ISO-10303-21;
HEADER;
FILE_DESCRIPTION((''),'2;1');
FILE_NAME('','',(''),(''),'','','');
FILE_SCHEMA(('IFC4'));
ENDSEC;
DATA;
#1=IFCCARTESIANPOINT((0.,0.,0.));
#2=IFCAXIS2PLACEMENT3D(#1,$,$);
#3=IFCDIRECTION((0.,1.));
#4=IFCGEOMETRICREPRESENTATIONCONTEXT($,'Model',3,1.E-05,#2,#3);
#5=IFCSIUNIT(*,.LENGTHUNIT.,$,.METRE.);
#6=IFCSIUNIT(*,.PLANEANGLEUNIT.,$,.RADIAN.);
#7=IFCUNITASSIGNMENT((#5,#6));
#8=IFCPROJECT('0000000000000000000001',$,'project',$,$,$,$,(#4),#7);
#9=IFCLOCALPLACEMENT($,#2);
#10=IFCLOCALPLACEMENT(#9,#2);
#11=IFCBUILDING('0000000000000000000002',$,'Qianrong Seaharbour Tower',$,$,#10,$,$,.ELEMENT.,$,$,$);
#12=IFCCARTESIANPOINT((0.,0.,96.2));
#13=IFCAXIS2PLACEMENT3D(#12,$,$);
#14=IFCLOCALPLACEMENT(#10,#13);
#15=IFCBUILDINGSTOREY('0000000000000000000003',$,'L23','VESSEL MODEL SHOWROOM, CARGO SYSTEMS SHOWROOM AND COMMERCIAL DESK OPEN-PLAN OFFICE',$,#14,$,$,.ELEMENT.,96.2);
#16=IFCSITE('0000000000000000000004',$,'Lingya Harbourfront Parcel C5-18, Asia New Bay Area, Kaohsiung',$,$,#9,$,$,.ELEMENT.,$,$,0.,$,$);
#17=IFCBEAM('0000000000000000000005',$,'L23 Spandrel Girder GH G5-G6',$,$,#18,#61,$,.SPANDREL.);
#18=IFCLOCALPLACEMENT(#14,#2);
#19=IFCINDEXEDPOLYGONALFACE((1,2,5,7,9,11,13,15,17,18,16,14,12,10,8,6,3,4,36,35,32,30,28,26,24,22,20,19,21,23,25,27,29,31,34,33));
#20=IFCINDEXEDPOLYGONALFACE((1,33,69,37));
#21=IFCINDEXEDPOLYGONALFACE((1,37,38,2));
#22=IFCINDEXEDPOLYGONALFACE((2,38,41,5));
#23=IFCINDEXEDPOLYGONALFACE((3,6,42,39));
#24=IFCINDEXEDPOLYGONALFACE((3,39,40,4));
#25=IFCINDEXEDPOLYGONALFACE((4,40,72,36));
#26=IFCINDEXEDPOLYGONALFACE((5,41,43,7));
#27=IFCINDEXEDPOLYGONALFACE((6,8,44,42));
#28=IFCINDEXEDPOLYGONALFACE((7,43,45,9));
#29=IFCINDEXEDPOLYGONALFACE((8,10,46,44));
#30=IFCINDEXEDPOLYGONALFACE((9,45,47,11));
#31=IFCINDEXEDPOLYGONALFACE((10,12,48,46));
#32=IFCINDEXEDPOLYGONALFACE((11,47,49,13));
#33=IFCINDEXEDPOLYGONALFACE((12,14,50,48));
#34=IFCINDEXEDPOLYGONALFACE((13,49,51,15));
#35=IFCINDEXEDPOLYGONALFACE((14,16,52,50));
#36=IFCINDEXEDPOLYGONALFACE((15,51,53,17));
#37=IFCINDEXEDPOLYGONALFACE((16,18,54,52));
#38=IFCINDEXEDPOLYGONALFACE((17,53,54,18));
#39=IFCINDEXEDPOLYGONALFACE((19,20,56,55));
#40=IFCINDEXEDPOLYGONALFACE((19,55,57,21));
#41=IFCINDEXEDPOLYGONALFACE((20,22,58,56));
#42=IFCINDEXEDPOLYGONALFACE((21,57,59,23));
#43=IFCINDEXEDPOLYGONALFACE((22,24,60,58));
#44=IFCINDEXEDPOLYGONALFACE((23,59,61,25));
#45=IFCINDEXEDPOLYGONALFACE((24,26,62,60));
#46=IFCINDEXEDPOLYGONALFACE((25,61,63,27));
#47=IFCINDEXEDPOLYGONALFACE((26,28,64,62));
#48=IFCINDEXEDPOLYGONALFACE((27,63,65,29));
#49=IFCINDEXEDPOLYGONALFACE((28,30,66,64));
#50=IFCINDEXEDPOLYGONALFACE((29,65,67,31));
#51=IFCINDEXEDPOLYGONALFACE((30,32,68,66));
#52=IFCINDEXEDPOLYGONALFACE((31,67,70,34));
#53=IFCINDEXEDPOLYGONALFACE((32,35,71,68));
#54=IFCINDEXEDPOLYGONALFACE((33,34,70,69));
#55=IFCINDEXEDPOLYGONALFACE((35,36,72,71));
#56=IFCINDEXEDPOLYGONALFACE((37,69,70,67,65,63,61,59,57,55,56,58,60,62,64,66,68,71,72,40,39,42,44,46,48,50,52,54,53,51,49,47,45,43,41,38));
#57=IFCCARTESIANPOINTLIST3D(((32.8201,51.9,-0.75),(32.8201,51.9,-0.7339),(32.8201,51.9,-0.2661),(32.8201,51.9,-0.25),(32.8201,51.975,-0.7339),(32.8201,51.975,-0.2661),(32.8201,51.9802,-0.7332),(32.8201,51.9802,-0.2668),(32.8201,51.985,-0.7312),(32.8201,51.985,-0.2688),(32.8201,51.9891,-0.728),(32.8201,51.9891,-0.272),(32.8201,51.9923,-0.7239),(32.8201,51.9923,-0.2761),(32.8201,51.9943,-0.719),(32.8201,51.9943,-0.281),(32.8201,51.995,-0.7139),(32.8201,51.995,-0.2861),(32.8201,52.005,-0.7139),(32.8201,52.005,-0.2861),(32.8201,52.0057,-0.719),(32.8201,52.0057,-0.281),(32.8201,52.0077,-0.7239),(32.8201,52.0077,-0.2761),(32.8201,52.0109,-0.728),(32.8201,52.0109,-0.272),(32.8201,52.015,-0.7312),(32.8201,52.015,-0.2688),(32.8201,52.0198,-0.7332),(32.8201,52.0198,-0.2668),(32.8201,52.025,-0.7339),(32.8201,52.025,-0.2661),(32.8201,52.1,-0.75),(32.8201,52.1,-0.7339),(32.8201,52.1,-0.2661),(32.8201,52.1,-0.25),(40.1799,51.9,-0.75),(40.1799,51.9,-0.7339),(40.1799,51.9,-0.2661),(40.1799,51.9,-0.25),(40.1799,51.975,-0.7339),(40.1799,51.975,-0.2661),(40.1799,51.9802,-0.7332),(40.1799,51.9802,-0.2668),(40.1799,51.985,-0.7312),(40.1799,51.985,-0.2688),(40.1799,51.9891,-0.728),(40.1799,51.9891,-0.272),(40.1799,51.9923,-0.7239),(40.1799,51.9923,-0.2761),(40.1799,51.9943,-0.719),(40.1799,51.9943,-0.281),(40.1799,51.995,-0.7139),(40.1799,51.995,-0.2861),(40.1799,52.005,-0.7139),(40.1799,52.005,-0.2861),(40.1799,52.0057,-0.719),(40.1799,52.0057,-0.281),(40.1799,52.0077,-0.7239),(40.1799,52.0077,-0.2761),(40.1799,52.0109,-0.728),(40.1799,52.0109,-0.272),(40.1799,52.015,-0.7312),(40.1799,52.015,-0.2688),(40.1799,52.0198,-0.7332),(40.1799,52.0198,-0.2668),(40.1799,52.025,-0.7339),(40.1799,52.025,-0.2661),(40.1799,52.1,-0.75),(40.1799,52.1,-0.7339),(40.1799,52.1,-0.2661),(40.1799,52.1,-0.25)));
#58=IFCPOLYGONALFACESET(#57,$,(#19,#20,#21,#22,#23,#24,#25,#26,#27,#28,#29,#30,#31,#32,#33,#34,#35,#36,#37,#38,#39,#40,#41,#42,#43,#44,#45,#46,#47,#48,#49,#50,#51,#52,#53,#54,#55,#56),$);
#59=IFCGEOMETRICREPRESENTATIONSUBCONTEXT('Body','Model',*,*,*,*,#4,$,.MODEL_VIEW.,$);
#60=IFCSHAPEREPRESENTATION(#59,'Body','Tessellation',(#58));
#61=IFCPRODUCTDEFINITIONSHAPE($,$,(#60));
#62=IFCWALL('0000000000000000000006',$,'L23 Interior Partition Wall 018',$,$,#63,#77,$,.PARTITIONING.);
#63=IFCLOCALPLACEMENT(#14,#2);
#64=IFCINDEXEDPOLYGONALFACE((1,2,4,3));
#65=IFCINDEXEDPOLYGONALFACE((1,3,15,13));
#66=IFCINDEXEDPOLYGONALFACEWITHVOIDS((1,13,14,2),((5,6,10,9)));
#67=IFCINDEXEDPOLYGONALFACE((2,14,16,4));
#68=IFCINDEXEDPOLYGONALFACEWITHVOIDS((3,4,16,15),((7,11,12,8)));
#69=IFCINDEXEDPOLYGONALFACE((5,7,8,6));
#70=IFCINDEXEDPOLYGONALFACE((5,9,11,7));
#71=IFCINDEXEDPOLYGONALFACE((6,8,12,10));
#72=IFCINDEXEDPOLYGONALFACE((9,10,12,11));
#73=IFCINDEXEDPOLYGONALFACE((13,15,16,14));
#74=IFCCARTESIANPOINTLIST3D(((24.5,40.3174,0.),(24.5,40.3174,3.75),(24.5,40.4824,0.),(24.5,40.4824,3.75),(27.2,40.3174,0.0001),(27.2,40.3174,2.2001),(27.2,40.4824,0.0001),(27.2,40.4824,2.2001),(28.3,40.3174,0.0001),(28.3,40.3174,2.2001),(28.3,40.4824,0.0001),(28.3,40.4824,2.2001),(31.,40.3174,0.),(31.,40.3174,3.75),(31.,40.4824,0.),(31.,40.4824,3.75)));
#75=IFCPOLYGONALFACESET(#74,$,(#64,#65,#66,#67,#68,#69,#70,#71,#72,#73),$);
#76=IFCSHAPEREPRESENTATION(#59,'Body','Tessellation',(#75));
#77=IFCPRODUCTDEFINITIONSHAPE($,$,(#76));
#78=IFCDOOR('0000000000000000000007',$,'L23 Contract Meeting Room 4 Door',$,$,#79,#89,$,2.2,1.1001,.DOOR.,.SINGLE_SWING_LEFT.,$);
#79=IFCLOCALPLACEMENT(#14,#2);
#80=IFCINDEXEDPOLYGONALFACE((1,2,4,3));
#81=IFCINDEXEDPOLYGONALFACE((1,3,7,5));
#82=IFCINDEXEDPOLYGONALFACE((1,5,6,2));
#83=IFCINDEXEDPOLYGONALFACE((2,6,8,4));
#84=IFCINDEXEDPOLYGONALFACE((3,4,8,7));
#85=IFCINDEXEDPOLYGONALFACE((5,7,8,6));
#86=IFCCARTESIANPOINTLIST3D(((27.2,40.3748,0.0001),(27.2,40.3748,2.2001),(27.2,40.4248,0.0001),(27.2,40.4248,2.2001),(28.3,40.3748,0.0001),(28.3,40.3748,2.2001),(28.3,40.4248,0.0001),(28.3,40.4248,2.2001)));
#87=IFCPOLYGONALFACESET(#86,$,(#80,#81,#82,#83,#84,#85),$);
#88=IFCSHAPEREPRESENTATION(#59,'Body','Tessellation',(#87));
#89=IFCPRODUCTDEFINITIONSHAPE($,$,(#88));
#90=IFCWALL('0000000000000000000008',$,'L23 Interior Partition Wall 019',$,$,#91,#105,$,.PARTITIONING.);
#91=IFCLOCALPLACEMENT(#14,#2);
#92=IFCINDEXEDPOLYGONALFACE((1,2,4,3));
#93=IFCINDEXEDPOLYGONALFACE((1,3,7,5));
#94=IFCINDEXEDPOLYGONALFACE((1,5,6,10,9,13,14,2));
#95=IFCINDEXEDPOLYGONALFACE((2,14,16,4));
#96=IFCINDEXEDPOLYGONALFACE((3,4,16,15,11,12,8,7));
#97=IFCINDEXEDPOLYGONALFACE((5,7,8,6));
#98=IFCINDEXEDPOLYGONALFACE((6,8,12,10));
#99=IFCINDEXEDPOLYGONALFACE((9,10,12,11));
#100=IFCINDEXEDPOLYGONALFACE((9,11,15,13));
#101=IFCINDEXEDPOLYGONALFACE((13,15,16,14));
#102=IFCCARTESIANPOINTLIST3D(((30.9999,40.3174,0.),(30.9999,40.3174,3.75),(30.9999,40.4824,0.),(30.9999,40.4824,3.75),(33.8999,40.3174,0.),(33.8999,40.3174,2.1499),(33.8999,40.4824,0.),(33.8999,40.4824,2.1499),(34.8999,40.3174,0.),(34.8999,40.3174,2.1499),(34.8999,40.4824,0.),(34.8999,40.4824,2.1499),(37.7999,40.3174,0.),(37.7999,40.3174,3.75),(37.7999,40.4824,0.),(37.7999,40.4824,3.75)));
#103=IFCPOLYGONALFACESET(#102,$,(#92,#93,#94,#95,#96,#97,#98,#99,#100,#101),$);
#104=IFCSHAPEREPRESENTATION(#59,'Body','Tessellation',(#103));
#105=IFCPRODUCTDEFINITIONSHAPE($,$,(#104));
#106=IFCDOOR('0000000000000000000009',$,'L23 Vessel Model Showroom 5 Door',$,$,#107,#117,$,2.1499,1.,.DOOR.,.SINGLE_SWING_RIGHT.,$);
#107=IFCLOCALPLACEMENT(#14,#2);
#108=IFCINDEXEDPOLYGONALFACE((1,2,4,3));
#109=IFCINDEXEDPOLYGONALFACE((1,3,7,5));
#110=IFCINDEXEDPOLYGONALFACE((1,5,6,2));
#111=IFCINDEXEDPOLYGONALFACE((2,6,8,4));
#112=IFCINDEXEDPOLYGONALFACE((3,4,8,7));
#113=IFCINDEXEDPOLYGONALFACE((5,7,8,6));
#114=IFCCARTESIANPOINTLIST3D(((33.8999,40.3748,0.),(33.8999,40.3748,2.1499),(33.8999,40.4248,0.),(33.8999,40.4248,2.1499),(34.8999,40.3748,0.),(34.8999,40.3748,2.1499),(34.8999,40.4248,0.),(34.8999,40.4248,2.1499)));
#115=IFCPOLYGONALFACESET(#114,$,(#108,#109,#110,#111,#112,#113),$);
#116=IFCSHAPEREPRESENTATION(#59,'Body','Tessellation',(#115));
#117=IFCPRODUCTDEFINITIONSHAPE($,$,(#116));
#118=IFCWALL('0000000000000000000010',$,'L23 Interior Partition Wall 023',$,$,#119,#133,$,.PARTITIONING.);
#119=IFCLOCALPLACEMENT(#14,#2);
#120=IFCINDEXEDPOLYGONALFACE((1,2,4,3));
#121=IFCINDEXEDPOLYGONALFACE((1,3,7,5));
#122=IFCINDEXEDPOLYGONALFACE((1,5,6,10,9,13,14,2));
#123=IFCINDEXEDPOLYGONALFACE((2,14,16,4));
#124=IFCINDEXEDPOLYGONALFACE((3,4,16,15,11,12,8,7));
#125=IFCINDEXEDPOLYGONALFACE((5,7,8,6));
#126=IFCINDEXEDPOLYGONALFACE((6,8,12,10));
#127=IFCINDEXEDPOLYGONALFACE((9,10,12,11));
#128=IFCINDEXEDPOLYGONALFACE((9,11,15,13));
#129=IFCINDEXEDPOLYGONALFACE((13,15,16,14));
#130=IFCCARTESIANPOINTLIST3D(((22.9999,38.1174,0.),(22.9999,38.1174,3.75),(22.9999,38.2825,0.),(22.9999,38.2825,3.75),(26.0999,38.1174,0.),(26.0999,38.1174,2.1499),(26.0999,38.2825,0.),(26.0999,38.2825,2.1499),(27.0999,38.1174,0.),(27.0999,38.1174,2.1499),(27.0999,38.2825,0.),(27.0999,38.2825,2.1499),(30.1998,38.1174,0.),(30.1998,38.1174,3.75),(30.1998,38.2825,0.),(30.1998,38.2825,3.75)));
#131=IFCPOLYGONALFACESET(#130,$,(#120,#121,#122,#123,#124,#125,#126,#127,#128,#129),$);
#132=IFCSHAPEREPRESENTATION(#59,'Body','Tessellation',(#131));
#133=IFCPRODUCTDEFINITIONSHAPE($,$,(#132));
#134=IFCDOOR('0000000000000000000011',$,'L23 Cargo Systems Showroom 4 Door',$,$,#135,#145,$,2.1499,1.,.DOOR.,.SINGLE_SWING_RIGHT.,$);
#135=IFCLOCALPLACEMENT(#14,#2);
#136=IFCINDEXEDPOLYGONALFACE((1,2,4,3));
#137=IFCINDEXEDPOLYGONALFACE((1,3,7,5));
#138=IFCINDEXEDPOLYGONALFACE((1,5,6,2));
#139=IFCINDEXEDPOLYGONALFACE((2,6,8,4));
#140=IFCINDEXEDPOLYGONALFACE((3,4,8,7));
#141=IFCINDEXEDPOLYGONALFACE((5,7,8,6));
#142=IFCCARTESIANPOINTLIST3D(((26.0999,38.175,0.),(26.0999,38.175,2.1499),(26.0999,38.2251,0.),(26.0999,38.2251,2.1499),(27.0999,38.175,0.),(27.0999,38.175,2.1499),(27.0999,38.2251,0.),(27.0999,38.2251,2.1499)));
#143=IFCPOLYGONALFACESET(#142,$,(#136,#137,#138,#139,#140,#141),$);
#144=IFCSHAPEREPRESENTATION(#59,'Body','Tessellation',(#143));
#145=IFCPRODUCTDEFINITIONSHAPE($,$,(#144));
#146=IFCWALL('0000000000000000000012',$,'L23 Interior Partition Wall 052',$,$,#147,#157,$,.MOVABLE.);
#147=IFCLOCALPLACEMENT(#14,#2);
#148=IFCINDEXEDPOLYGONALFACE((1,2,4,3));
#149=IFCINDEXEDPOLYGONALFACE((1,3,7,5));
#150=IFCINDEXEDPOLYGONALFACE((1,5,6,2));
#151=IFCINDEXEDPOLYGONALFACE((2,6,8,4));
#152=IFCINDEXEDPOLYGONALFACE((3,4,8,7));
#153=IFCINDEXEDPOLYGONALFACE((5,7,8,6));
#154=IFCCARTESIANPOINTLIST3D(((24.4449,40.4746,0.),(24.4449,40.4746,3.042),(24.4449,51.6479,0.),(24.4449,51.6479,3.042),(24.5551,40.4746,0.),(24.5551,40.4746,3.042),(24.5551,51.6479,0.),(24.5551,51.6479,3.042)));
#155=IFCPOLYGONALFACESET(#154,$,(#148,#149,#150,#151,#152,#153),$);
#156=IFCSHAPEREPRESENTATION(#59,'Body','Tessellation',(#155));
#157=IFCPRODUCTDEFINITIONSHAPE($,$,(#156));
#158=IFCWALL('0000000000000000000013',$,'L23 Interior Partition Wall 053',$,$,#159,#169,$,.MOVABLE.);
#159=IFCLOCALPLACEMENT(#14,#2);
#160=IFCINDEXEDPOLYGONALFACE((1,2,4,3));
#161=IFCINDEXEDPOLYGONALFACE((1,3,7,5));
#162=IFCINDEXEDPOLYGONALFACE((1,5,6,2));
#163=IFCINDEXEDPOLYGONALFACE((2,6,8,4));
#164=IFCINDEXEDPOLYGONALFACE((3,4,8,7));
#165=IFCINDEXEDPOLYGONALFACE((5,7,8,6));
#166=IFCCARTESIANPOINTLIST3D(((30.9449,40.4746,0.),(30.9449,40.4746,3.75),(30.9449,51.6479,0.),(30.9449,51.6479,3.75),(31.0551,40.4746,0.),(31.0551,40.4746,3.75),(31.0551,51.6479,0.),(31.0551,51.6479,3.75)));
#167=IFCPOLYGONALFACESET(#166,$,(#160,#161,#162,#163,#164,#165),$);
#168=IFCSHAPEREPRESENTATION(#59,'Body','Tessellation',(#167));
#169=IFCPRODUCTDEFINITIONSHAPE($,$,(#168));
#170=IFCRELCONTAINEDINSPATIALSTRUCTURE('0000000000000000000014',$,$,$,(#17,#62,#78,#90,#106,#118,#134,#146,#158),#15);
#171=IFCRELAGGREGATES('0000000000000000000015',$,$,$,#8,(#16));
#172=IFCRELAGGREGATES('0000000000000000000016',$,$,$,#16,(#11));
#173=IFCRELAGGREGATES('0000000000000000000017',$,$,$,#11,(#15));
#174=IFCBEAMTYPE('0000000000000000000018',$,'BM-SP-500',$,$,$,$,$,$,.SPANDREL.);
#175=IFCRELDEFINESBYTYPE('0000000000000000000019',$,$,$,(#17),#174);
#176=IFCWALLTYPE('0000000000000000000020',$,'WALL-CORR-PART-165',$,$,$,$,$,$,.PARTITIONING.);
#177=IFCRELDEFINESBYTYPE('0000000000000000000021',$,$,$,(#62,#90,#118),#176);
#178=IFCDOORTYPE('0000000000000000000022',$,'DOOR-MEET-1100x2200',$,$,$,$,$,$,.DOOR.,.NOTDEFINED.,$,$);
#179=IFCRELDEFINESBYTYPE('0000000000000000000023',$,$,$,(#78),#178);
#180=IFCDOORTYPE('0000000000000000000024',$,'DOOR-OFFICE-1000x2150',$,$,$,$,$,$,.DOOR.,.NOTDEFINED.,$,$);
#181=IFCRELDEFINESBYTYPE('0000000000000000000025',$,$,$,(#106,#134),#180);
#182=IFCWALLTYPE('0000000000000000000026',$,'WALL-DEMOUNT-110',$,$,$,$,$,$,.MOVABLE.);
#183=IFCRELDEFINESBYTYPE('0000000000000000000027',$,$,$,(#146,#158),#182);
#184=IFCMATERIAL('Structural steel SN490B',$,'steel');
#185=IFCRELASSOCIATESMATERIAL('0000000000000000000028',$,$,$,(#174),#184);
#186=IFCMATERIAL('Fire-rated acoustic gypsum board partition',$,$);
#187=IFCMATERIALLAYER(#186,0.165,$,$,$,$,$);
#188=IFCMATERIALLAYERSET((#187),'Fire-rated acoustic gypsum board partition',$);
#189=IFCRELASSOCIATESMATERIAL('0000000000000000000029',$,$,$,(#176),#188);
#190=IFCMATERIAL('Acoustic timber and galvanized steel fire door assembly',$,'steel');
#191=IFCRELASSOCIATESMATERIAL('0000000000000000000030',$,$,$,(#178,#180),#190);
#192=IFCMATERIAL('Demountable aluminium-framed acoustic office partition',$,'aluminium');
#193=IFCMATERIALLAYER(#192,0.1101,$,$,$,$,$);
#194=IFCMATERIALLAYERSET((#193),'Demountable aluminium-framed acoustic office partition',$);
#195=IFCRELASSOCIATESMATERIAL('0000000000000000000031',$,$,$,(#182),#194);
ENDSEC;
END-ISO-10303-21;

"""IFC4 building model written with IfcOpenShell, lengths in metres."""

from ifc_helpers import new_model, si_unit, direction, frame, frame_2d, origin, origin_2d, place, context, subcontext, project, spatial, rectangle, i_section, extrude, material, layer, layer_set, material_profile, profile_set, type_object, element, fill, save


model = new_model("IFC4")

# Units and contexts
model_context = context("Model", 3, precision=1e-05, world=origin(), true_north=direction((0.0, 1.0)))
body_context = subcontext(model_context, "Body", "Model", "MODEL_VIEW")
ifc_project = project(units=[si_unit("LENGTHUNIT", "METRE"), si_unit("PLANEANGLEUNIT", "RADIAN")], contexts=[model_context])

# Site, building, storey
site_placement = place(None, origin())
site = spatial("IfcSite", under=ifc_project, at=site_placement, Name="Lingya Harbourfront Parcel C5-18, Asia New Bay Area, Kaohsiung", CompositionType="ELEMENT", RefElevation=0.0)
building_placement = place(site_placement, origin())
building = spatial("IfcBuilding", under=site, at=building_placement, Name="Qianrong Seaharbour Tower", CompositionType="ELEMENT")
storey_placement = place(building_placement, frame((0.0, 0.0, 96.2)))
storey = spatial("IfcBuildingStorey", under=building, at=storey_placement, Name="L23", Description="VESSEL MODEL SHOWROOM, CARGO SYSTEMS SHOWROOM AND COMMERCIAL DESK OPEN-PLAN OFFICE", CompositionType="ELEMENT", Elevation=96.2)

# Shared definitions
ifc_material_1 = material(Name="Structural steel SN490B", Category="steel")

# Beam
ifc_material_profile_1 = material_profile(ifc_material_1, i_section(OverallWidth=0.2, OverallDepth=0.5, WebThickness=0.01, FlangeThickness=0.0161, FilletRadius=0.02, at=origin_2d()), Name="H500x200x10x16")
ifc_profile_set_1 = profile_set([ifc_material_profile_1], Name="Structural steel SN490B")
beam_type_1 = type_object("IfcBeamType", Name="BM-SP-500", PredefinedType="SPANDREL", material=ifc_profile_set_1)
for number, where, z_axis, x_axis, name in (
    (1, (32.8201, 52.0, -0.5), (1.0, 0.0, 0.0), (0.0, 1.0, 0.0), "L23 Spandrel Girder GH G5-G6"),
):
    element("IfcBeam", number, at=place(storey_placement, frame(where, z_axis=z_axis, x_axis=x_axis)), inside=storey, type_object=beam_type_1, Name=name, PredefinedType="SPANDREL", context=body_context, shape_type="SweptSolid", body=[
        extrude(i_section(OverallWidth=0.2, OverallDepth=0.5, WebThickness=0.01, FlangeThickness=0.0161, FilletRadius=0.02, at=origin_2d()), origin(), (0.0, 0.0, 1.0), 7.3599),
    ])

# Walls, openings, doors
ifc_material_2 = material(Name="Fire-rated acoustic gypsum board partition")
ifc_layer_1 = layer(ifc_material_2, 0.165)
ifc_layer_set_1 = layer_set([ifc_layer_1], Name="Fire-rated acoustic gypsum board partition")
wall_type_1 = type_object("IfcWallType", Name="WALL-CORR-PART-165", PredefinedType="PARTITIONING", material=ifc_layer_set_1)
wall_1_placement = place(storey_placement, frame((24.5, 40.3999, 0.0), z_axis=(0.0, 0.0, 1.0), x_axis=(1.0, 0.0, 0.0)))
wall_1 = element("IfcWall", 2, at=wall_1_placement, inside=storey, type_object=wall_type_1, Name="L23 Interior Partition Wall 018", PredefinedType="PARTITIONING", context=body_context, shape_type="SweptSolid", body=[
    extrude(rectangle(XDim=6.5, YDim=0.165, at=frame_2d((3.25, 0.0))), origin(), (0.0, 0.0, 1.0), 3.75),
])
opening_1_placement = place(wall_1_placement, frame((2.7, 0.0, 0.0)))
opening_1 = element("IfcOpeningElement", 3, at=opening_1_placement, cuts=wall_1, PredefinedType="OPENING", context=body_context, shape_type="SweptSolid", body=[
    extrude(rectangle(XDim=1.1001, YDim=2.2, at=frame_2d((0.55, 1.1001))), frame((0.0, 0.0925, 0.0), z_axis=(0.0, -1.0, 0.0), x_axis=(1.0, 0.0, 0.0)), (0.0, 0.0, 1.0), 0.1851),
])
ifc_material_3 = material(Name="Acoustic timber and galvanized steel fire door assembly", Category="steel")
door_type_1 = type_object("IfcDoorType", Name="DOOR-MEET-1100x2200", OperationType="NOTDEFINED", PredefinedType="DOOR", material=ifc_material_3)
door_1_placement = place(opening_1_placement, origin())
door_1 = element("IfcDoor", 4, at=door_1_placement, inside=storey, type_object=door_type_1, Name="L23 Contract Meeting Room 4 Door", OperationType="SINGLE_SWING_LEFT", OverallHeight=2.2, OverallWidth=1.1001, PredefinedType="DOOR", context=body_context, shape_type="SweptSolid", body=[
    extrude(rectangle(XDim=1.1001, YDim=2.2, at=frame_2d((0.55, 1.1001))), frame((0.0, 0.0249, 0.0), z_axis=(0.0, -1.0, 0.0), x_axis=(1.0, 0.0, 0.0)), (0.0, 0.0, 1.0), 0.05),
])
fill(opening_1, door_1)
wall_2_placement = place(storey_placement, frame((31.0, 40.3999, 0.0), z_axis=(0.0, 0.0, 1.0), x_axis=(1.0, 0.0, 0.0)))
wall_2 = element("IfcWall", 5, at=wall_2_placement, inside=storey, type_object=wall_type_1, Name="L23 Interior Partition Wall 019", PredefinedType="PARTITIONING", context=body_context, shape_type="SweptSolid", body=[
    extrude(rectangle(XDim=6.8, YDim=0.165, at=frame_2d((3.3999, 0.0))), origin(), (0.0, 0.0, 1.0), 3.75),
])
opening_2_placement = place(wall_2_placement, frame((2.8999, 0.0, 0.0)))
opening_2 = element("IfcOpeningElement", 6, at=opening_2_placement, cuts=wall_2, PredefinedType="OPENING", context=body_context, shape_type="SweptSolid", body=[
    extrude(rectangle(XDim=1.0, YDim=2.1499, at=frame_2d((0.5, 1.075))), frame((0.0, 0.0925, 0.0), z_axis=(0.0, -1.0, 0.0), x_axis=(1.0, 0.0, 0.0)), (0.0, 0.0, 1.0), 0.1851),
])
door_type_2 = type_object("IfcDoorType", Name="DOOR-OFFICE-1000x2150", OperationType="NOTDEFINED", PredefinedType="DOOR", material=ifc_material_3)
door_2_placement = place(opening_2_placement, origin())
door_2 = element("IfcDoor", 7, at=door_2_placement, inside=storey, type_object=door_type_2, Name="L23 Vessel Model Showroom 5 Door", OperationType="SINGLE_SWING_RIGHT", OverallHeight=2.1499, OverallWidth=1.0, PredefinedType="DOOR", context=body_context, shape_type="SweptSolid", body=[
    extrude(rectangle(XDim=1.0, YDim=2.1499, at=frame_2d((0.5, 1.075))), frame((0.0, 0.0249, 0.0), z_axis=(0.0, -1.0, 0.0), x_axis=(1.0, 0.0, 0.0)), (0.0, 0.0, 1.0), 0.05),
])
fill(opening_2, door_2)
wall_3_placement = place(storey_placement, frame((30.2, 38.2, 0.0), z_axis=(0.0, 0.0, 1.0), x_axis=(-1.0, 0.0, 0.0)))
wall_3 = element("IfcWall", 8, at=wall_3_placement, inside=storey, type_object=wall_type_1, Name="L23 Interior Partition Wall 023", PredefinedType="PARTITIONING", context=body_context, shape_type="SweptSolid", body=[
    extrude(rectangle(XDim=7.2, YDim=0.165, at=frame_2d((3.6001, 0.0))), origin(), (0.0, 0.0, 1.0), 3.75),
])
opening_3_placement = place(wall_3_placement, frame((3.1001, 0.0, 0.0)))
opening_3 = element("IfcOpeningElement", 9, at=opening_3_placement, cuts=wall_3, PredefinedType="OPENING", context=body_context, shape_type="SweptSolid", body=[
    extrude(rectangle(XDim=1.0, YDim=2.1499, at=frame_2d((0.5, 1.075))), frame((0.0, 0.0925, 0.0), z_axis=(0.0, -1.0, 0.0), x_axis=(1.0, 0.0, 0.0)), (0.0, 0.0, 1.0), 0.1851),
])
door_3_placement = place(opening_3_placement, origin())
door_3 = element("IfcDoor", 10, at=door_3_placement, inside=storey, type_object=door_type_2, Name="L23 Cargo Systems Showroom 4 Door", OperationType="SINGLE_SWING_RIGHT", OverallHeight=2.1499, OverallWidth=1.0, PredefinedType="DOOR", context=body_context, shape_type="SweptSolid", body=[
    extrude(rectangle(XDim=1.0, YDim=2.1499, at=frame_2d((0.5, 1.075))), frame((0.0, 0.0249, 0.0), z_axis=(0.0, -1.0, 0.0), x_axis=(1.0, 0.0, 0.0)), (0.0, 0.0, 1.0), 0.05),
])
fill(opening_3, door_3)

# Walls
ifc_material_4 = material(Name="Demountable aluminium-framed acoustic office partition", Category="aluminium")
ifc_layer_2 = layer(ifc_material_4, 0.1101)
ifc_layer_set_2 = layer_set([ifc_layer_2], Name="Demountable aluminium-framed acoustic office partition")
wall_type_2 = type_object("IfcWallType", Name="WALL-DEMOUNT-110", PredefinedType="MOVABLE", material=ifc_layer_set_2)
wall_4_placement = place(storey_placement, frame((24.5, 51.6479, 0.0), z_axis=(0.0, 0.0, 1.0), x_axis=(0.0, -1.0, 0.0)))
element("IfcWall", 11, at=wall_4_placement, inside=storey, type_object=wall_type_2, Name="L23 Interior Partition Wall 052", PredefinedType="MOVABLE", context=body_context, shape_type="SweptSolid", body=[
    extrude(rectangle(XDim=11.1733, YDim=0.1101, at=frame_2d((5.5867, 0.0))), origin(), (0.0, 0.0, 1.0), 3.042),
])
wall_5_placement = place(storey_placement, frame((31.0, 51.6479, 0.0), z_axis=(0.0, 0.0, 1.0), x_axis=(0.0, -1.0, 0.0)))
element("IfcWall", 12, at=wall_5_placement, inside=storey, type_object=wall_type_2, Name="L23 Interior Partition Wall 053", PredefinedType="MOVABLE", context=body_context, shape_type="SweptSolid", body=[
    extrude(rectangle(XDim=11.1733, YDim=0.1101, at=frame_2d((5.5867, 0.0))), origin(), (0.0, 0.0, 1.0), 3.75),
])

save(model, "model.ifc")
